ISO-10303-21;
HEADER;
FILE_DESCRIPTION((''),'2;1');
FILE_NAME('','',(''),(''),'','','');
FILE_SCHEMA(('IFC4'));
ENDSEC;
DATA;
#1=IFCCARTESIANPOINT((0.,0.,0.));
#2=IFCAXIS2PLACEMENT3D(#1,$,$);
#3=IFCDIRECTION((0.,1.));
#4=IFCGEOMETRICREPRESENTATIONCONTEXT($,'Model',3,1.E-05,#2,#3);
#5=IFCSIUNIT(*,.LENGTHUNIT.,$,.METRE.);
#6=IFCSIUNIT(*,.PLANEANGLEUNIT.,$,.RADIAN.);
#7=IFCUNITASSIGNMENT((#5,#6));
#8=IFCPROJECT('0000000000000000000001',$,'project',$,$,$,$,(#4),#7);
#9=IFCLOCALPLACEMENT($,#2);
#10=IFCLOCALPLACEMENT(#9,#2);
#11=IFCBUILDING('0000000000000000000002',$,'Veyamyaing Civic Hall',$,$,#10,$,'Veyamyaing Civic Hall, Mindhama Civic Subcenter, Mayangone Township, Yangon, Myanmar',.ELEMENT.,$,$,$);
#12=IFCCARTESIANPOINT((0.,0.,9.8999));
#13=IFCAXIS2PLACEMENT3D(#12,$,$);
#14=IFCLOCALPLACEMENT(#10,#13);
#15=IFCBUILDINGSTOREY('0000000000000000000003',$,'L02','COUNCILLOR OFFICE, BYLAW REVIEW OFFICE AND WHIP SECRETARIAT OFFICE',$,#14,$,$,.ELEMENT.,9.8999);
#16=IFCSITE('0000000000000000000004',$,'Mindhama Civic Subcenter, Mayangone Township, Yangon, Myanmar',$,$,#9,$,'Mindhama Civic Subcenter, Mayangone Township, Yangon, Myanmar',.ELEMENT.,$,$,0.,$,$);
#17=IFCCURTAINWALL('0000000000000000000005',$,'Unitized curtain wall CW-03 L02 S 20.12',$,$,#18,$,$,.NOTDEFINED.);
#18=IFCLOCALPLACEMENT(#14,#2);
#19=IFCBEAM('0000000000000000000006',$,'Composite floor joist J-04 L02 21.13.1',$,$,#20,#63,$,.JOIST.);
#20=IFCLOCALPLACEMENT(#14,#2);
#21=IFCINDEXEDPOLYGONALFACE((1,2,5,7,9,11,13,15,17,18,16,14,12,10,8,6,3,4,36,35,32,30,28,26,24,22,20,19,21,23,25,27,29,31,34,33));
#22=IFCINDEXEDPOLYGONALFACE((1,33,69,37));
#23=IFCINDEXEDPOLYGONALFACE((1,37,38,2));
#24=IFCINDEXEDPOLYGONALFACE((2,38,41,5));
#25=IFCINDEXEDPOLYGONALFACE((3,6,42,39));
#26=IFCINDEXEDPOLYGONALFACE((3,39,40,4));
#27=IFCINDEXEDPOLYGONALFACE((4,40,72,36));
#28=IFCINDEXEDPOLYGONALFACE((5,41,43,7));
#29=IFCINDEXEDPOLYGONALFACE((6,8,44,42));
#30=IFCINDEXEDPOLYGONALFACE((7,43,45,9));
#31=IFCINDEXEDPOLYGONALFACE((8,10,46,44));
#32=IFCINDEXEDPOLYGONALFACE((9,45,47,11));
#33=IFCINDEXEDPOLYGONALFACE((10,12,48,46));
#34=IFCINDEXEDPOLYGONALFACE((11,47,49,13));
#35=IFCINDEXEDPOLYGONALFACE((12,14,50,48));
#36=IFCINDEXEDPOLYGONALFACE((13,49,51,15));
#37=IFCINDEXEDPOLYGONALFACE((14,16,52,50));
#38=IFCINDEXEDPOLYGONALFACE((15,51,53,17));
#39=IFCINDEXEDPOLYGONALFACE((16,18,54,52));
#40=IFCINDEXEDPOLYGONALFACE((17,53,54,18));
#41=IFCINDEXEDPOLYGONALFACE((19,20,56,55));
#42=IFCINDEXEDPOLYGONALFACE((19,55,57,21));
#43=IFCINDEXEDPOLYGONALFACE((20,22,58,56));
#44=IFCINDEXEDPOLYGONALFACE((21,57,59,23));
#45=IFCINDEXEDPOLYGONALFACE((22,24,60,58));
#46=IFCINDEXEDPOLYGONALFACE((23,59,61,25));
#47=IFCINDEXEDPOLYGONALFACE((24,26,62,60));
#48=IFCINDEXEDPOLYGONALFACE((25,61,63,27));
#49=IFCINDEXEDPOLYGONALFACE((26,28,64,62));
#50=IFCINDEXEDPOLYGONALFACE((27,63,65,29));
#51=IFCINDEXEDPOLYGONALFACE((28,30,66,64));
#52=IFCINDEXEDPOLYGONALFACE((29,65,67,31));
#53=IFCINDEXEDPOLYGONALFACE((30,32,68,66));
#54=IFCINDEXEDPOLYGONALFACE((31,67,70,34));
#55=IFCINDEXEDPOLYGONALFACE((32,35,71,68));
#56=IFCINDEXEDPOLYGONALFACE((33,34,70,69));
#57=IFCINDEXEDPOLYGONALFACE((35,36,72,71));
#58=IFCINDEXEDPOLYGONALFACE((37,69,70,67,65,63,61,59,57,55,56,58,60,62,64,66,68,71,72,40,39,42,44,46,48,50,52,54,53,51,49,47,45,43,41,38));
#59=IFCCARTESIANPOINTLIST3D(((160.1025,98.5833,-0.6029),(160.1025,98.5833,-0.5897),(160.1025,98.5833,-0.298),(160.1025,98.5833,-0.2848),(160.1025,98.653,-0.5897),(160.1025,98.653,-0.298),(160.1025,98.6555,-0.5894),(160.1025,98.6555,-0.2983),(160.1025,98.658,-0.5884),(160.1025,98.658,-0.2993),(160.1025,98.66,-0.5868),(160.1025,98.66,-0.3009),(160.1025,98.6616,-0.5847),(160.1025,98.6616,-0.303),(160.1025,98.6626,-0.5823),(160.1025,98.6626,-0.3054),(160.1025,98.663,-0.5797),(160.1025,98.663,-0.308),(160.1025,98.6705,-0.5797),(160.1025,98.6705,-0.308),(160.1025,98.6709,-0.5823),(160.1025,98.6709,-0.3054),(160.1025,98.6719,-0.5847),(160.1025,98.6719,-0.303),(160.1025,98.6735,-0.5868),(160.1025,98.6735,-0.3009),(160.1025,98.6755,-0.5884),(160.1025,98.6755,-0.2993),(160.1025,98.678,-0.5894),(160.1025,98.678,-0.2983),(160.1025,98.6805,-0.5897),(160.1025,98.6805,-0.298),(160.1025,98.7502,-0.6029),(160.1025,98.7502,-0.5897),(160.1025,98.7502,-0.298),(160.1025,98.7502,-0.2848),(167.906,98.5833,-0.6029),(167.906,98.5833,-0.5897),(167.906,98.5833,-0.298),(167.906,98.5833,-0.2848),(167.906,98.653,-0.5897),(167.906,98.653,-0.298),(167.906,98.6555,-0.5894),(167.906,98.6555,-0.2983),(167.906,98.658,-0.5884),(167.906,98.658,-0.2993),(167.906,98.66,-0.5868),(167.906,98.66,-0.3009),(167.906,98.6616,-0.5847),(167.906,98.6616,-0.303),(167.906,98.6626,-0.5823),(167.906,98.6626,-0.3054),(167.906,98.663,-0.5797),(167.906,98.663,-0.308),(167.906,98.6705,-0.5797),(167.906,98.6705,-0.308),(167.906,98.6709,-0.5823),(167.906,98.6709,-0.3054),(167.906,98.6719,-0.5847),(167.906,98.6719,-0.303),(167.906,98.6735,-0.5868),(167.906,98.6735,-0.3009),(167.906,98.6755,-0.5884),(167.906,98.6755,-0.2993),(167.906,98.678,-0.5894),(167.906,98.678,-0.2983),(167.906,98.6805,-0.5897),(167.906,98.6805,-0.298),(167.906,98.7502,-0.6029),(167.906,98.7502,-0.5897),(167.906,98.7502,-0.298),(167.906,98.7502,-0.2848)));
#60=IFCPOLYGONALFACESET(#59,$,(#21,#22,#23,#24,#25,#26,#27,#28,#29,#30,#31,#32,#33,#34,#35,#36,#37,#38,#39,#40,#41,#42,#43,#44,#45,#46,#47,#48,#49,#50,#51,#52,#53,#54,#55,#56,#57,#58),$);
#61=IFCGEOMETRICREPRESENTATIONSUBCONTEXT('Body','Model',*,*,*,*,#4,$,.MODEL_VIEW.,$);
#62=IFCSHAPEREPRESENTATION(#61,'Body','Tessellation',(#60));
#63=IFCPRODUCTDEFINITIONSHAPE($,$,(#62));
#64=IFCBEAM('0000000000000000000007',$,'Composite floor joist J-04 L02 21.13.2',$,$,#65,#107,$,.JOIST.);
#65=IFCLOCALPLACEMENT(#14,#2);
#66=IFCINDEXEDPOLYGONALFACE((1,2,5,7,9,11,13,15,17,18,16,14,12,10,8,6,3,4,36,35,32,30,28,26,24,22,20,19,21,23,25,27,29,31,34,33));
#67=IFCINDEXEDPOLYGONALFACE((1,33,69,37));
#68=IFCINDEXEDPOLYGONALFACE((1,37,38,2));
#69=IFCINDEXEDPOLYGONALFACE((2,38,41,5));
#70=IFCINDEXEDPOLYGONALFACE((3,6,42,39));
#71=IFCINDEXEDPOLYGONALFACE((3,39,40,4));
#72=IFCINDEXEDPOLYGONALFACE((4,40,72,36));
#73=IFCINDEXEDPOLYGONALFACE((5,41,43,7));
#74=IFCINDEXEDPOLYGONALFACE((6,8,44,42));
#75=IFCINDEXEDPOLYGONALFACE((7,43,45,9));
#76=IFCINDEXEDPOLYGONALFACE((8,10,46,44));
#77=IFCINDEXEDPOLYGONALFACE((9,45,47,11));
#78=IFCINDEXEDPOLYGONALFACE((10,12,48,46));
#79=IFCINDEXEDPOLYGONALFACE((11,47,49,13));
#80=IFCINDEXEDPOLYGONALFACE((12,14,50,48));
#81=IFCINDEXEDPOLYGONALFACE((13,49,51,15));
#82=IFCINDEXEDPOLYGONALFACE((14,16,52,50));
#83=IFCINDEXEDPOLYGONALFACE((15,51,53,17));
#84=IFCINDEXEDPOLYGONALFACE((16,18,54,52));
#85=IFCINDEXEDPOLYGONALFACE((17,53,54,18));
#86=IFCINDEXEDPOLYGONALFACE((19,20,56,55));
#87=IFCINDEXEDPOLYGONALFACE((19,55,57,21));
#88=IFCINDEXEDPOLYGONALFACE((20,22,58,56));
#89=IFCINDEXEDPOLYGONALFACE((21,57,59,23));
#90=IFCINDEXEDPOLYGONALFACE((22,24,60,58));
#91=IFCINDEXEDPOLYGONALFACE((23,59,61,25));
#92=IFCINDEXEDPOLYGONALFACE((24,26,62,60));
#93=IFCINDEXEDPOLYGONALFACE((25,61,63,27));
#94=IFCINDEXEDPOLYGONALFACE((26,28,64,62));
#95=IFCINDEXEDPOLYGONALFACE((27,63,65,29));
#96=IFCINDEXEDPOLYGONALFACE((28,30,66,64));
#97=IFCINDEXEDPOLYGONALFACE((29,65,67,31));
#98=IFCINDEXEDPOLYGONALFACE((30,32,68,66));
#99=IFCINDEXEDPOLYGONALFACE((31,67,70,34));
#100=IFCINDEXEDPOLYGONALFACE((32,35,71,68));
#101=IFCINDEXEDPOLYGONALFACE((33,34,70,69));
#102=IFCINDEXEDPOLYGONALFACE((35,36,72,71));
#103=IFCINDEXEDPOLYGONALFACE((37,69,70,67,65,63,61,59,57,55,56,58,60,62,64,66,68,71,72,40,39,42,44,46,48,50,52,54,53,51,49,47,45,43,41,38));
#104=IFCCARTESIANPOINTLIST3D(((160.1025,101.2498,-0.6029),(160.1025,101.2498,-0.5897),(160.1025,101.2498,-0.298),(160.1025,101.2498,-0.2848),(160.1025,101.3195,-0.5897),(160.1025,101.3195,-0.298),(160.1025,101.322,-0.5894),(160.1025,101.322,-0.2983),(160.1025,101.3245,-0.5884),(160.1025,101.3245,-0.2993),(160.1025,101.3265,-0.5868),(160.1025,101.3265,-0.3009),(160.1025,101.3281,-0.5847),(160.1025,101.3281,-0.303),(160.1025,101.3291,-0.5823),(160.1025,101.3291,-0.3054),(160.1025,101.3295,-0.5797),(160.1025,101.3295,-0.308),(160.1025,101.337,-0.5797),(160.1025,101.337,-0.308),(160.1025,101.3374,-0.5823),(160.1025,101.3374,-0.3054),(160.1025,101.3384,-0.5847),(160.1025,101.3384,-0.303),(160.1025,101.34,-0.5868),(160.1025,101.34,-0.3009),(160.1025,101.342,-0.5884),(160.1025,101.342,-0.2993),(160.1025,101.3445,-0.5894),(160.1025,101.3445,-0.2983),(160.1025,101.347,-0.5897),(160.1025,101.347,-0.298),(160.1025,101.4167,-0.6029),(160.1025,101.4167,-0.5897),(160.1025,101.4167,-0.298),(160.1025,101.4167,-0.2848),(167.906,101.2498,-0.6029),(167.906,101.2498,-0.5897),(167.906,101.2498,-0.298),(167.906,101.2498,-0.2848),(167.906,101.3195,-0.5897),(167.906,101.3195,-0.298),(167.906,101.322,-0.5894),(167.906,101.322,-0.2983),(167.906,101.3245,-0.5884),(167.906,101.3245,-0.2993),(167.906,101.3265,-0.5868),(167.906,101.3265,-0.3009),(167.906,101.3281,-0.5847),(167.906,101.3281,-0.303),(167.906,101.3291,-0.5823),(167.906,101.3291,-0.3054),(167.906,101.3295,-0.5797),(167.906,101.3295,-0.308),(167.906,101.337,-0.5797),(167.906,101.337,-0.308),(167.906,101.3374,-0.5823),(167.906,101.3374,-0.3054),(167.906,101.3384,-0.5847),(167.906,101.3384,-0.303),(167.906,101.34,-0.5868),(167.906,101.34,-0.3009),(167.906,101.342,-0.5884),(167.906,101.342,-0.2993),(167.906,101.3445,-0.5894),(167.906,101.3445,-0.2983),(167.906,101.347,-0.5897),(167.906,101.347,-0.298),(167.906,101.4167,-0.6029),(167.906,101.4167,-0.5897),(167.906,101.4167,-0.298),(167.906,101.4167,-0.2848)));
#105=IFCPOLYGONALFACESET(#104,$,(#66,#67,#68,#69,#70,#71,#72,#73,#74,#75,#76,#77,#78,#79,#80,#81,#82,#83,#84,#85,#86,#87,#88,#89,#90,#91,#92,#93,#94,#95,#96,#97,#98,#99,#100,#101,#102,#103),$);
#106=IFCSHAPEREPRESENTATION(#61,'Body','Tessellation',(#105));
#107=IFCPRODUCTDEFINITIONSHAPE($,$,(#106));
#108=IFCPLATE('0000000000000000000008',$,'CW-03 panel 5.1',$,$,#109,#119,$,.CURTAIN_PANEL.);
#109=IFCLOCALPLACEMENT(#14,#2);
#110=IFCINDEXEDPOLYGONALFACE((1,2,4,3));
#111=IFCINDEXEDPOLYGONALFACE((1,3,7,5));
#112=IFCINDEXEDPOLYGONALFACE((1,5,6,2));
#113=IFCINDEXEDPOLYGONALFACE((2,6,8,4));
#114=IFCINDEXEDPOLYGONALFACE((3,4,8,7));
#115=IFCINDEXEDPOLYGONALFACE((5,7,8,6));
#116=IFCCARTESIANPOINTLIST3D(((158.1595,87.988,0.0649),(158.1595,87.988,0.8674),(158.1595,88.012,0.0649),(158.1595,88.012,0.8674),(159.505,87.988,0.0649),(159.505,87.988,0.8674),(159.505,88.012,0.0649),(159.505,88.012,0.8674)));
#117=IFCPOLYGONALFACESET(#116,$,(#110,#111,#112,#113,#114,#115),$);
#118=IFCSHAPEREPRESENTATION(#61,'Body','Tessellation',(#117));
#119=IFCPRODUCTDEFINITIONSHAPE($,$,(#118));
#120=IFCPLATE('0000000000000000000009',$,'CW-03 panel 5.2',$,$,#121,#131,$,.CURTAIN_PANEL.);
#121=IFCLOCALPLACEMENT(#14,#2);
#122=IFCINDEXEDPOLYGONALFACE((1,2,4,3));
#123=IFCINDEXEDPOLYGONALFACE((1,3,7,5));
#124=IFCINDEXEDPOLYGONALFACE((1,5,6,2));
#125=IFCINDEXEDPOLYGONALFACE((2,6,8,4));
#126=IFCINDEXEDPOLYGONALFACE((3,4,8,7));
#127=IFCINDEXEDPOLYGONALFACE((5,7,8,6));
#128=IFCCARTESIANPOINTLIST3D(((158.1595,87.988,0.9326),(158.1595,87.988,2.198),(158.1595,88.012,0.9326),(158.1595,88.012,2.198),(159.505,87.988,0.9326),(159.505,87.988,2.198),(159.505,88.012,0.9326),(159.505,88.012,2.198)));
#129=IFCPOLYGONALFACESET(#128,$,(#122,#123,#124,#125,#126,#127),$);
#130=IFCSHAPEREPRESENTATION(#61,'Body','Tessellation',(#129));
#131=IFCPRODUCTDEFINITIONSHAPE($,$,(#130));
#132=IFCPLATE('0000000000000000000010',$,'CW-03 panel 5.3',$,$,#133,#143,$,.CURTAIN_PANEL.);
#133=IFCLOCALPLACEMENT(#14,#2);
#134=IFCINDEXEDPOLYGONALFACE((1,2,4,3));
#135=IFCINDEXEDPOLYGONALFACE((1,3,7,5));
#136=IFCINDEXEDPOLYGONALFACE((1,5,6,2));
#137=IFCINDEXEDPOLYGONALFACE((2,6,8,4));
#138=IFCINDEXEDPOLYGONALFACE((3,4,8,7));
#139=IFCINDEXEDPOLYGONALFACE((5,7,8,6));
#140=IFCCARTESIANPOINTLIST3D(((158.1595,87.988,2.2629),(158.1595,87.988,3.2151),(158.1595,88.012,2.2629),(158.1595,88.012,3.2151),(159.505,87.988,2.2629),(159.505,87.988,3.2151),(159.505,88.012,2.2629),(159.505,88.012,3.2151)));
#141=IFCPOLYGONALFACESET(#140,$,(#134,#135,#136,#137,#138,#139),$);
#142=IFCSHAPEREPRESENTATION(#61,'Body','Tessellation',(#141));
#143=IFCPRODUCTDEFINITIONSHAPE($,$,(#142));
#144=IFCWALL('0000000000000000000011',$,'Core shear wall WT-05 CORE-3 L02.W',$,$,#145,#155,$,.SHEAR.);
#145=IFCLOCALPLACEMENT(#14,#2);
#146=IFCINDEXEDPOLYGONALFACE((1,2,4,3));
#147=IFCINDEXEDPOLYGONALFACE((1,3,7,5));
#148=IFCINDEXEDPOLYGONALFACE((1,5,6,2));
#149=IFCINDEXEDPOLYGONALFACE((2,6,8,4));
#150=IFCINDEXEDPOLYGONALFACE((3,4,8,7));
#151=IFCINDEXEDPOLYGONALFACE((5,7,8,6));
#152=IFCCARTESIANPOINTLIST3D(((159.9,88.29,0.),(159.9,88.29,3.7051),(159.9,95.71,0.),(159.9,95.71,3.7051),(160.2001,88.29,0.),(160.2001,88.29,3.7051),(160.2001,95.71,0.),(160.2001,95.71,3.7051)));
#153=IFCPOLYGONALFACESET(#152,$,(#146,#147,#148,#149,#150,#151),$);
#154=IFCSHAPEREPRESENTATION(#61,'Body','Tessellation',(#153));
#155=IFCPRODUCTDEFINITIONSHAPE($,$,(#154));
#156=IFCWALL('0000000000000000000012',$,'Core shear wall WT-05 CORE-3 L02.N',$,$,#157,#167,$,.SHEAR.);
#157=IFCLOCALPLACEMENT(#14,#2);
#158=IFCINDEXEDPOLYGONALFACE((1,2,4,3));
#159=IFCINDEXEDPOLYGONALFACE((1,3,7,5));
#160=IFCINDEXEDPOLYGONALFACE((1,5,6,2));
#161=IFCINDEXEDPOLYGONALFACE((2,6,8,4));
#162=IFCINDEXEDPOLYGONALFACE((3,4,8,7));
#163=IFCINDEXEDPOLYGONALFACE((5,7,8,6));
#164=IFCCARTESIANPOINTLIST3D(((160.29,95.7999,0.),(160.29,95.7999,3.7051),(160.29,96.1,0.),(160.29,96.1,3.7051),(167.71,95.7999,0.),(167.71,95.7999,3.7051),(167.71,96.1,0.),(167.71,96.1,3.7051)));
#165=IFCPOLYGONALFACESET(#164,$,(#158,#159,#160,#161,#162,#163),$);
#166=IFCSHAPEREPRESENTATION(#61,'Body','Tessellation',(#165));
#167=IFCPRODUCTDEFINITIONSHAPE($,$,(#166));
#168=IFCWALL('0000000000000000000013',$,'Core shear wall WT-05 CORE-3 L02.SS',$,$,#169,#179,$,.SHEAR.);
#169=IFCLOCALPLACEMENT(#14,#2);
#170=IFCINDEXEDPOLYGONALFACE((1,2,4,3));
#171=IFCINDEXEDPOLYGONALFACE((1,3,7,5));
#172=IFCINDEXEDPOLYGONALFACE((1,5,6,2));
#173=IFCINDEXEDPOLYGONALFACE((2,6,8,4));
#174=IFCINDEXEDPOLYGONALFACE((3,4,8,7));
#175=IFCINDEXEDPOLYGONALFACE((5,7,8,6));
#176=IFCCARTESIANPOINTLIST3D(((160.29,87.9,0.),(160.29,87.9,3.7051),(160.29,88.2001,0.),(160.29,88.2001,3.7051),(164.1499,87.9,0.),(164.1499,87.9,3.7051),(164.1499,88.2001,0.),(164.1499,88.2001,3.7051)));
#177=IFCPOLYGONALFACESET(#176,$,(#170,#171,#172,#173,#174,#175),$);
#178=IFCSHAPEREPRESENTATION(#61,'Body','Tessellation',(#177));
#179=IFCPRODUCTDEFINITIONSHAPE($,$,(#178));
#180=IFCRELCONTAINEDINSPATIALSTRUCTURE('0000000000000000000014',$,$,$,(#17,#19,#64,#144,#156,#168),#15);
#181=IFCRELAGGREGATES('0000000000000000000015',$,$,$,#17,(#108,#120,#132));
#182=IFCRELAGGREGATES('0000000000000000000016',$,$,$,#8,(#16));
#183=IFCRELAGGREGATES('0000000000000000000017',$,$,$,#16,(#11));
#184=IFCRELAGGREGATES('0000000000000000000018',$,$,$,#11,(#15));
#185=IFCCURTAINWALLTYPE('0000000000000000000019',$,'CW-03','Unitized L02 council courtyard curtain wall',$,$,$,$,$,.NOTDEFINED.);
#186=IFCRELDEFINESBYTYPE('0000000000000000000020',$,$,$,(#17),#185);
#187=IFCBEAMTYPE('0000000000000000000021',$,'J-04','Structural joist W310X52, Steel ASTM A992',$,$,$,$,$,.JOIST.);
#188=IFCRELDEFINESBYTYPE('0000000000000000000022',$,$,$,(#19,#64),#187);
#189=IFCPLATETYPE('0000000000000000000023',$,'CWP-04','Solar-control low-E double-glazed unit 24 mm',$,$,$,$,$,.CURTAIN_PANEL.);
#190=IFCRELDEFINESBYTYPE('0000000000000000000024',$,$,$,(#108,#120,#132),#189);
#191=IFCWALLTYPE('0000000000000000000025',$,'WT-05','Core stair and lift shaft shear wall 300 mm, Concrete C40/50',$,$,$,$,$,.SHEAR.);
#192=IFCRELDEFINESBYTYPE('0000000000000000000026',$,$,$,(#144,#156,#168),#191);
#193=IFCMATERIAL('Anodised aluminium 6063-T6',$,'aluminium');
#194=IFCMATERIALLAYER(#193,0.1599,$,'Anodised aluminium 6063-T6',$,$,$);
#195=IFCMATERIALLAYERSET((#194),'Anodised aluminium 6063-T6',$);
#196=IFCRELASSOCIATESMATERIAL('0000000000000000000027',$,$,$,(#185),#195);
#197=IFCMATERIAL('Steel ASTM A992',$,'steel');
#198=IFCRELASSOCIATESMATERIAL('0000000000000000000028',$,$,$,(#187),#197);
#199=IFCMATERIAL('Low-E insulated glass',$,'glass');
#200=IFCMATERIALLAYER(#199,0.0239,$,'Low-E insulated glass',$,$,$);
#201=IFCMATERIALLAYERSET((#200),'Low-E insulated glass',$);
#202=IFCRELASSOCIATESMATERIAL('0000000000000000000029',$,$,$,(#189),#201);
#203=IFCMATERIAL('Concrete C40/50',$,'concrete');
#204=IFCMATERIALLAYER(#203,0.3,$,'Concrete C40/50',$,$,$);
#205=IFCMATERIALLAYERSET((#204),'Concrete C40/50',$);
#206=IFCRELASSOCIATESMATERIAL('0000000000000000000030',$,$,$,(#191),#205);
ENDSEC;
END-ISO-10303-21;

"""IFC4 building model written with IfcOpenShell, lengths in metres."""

from ifc_helpers import new_model, si_unit, direction, frame, frame_2d, origin, origin_2d, place, context, subcontext, project, spatial, rectangle, i_section, extrude, material, layer, layer_set, material_profile, profile_set, type_object, element, aggregate, save


model = new_model("IFC4")

# Units and contexts
model_context = context("Model", 3, precision=1e-05, world=origin(), true_north=direction((0.0, 1.0)))
body_context = subcontext(model_context, "Body", "Model", "MODEL_VIEW")
ifc_project = project(units=[si_unit("LENGTHUNIT", "METRE"), si_unit("PLANEANGLEUNIT", "RADIAN")], contexts=[model_context])

# Site, building, storey
site_placement = place(None, origin())
site = spatial("IfcSite", under=ifc_project, at=site_placement, Name="Mindhama Civic Subcenter, Mayangone Township, Yangon, Myanmar", LongName="Mindhama Civic Subcenter, Mayangone Township, Yangon, Myanmar", CompositionType="ELEMENT", RefElevation=0.0)
building_placement = place(site_placement, origin())
building = spatial("IfcBuilding", under=site, at=building_placement, Name="Veyamyaing Civic Hall", LongName="Veyamyaing Civic Hall, Mindhama Civic Subcenter, Mayangone Township, Yangon, Myanmar", CompositionType="ELEMENT")
storey_placement = place(building_placement, frame((0.0, 0.0, 9.8999)))
storey = spatial("IfcBuildingStorey", under=building, at=storey_placement, Name="L02", Description="COUNCILLOR OFFICE, BYLAW REVIEW OFFICE AND WHIP SECRETARIAT OFFICE", CompositionType="ELEMENT", Elevation=9.8999)

# Shared definitions
ifc_material_1 = material(Name="Steel ASTM A992", Category="steel")

# Curtain wall
ifc_material_2 = material(Name="Anodised aluminium 6063-T6", Category="aluminium")
ifc_layer_1 = layer(ifc_material_2, 0.1599, Name="Anodised aluminium 6063-T6")
ifc_layer_set_1 = layer_set([ifc_layer_1], Name="Anodised aluminium 6063-T6")
curtain_wall_type = type_object("IfcCurtainWallType", Name="CW-03", Description="Unitized L02 council courtyard curtain wall", PredefinedType="NOTDEFINED", material=ifc_layer_set_1)
curtain_wall_placement = place(storey_placement, origin())
curtain_wall = element("IfcCurtainWall", 1, at=curtain_wall_placement, inside=storey, type_object=curtain_wall_type, Name="Unitized curtain wall CW-03 L02 S 20.12", PredefinedType="NOTDEFINED")

# Beams
ifc_material_profile_1 = material_profile(ifc_material_1, i_section(OverallWidth=0.167, OverallDepth=0.3181, WebThickness=0.0076, FlangeThickness=0.0132, FilletRadius=0.01, at=origin_2d()), Name="W310X52")
ifc_profile_set_1 = profile_set([ifc_material_profile_1], Name="Steel ASTM A992")
beam_type_1 = type_object("IfcBeamType", Name="J-04", Description="Structural joist W310X52, Steel ASTM A992", PredefinedType="JOIST", material=ifc_profile_set_1)
for number, where, z_axis, x_axis, name in (
    (2, (160.1025, 98.6667, -0.4438), (1.0, 0.0, 0.0), (0.0, 1.0, 0.0), "Composite floor joist J-04 L02 21.13.1"),
    (3, (160.1025, 101.3333, -0.4438), (1.0, 0.0, 0.0), (0.0, 1.0, 0.0), "Composite floor joist J-04 L02 21.13.2"),
):
    element("IfcBeam", number, at=place(storey_placement, frame(where, z_axis=z_axis, x_axis=x_axis)), inside=storey, type_object=beam_type_1, Name=name, PredefinedType="JOIST", context=body_context, shape_type="SweptSolid", body=[
        extrude(i_section(OverallWidth=0.167, OverallDepth=0.3181, WebThickness=0.0076, FlangeThickness=0.0132, FilletRadius=0.01, at=origin_2d()), origin(), (0.0, 0.0, 1.0), 7.8035),
    ])

# Plates
ifc_material_3 = material(Name="Low-E insulated glass", Category="glass")
ifc_layer_2 = layer(ifc_material_3, 0.0239, Name="Low-E insulated glass")
ifc_layer_set_2 = layer_set([ifc_layer_2], Name="Low-E insulated glass")
plate_type = type_object("IfcPlateType", Name="CWP-04", Description="Solar-control low-E double-glazed unit 24 mm", PredefinedType="CURTAIN_PANEL", material=ifc_layer_set_2)
plate_1_placement = place(storey_placement, frame((158.8323, 88.0, 0.0649), z_axis=(0.0, 0.0, 1.0), x_axis=(1.0, 0.0, 0.0)))
plate_1 = element("IfcPlate", 4, at=plate_1_placement, type_object=plate_type, Name="CW-03 panel 5.1", PredefinedType="CURTAIN_PANEL", context=body_context, shape_type="SweptSolid", body=[
    extrude(rectangle(XDim=1.3455, YDim=0.0239, at=origin_2d()), origin(), (0.0, 0.0, 1.0), 0.8025),
])
plate_2_placement = place(storey_placement, frame((158.8323, 88.0, 0.9326), z_axis=(0.0, 0.0, 1.0), x_axis=(1.0, 0.0, 0.0)))
plate_2 = element("IfcPlate", 5, at=plate_2_placement, type_object=plate_type, Name="CW-03 panel 5.2", PredefinedType="CURTAIN_PANEL", context=body_context, shape_type="SweptSolid", body=[
    extrude(rectangle(XDim=1.3455, YDim=0.0239, at=origin_2d()), origin(), (0.0, 0.0, 1.0), 1.2654),
])
plate_3_placement = place(storey_placement, frame((158.8323, 88.0, 2.2629), z_axis=(0.0, 0.0, 1.0), x_axis=(1.0, 0.0, 0.0)))
plate_3 = element("IfcPlate", 6, at=plate_3_placement, type_object=plate_type, Name="CW-03 panel 5.3", PredefinedType="CURTAIN_PANEL", context=body_context, shape_type="SweptSolid", body=[
    extrude(rectangle(XDim=1.3455, YDim=0.0239, at=origin_2d()), origin(), (0.0, 0.0, 1.0), 0.9521),
])
aggregate(curtain_wall, [plate_1, plate_2, plate_3])

# Walls
ifc_material_4 = material(Name="Concrete C40/50", Category="concrete")
ifc_layer_3 = layer(ifc_material_4, 0.3, Name="Concrete C40/50")
ifc_layer_set_3 = layer_set([ifc_layer_3], Name="Concrete C40/50")
wall_type_1 = type_object("IfcWallType", Name="WT-05", Description="Core stair and lift shaft shear wall 300 mm, Concrete C40/50", PredefinedType="SHEAR", material=ifc_layer_set_3)
for number, where, z_axis, x_axis, name in (
    (7, (160.05, 88.29, 0.0), (0.0, 0.0, 1.0), (0.0, 1.0, 0.0), "Core shear wall WT-05 CORE-3 L02.W"),
    (8, (160.29, 95.95, 0.0), (0.0, 0.0, 1.0), (1.0, 0.0, 0.0), "Core shear wall WT-05 CORE-3 L02.N"),
):
    element("IfcWall", number, at=place(storey_placement, frame(where, z_axis=z_axis, x_axis=x_axis)), inside=storey, type_object=wall_type_1, Name=name, PredefinedType="SHEAR", context=body_context, shape_type="SweptSolid", body=[
        extrude(rectangle(XDim=7.4199, YDim=0.3, at=frame_2d((3.71, 0.0))), origin(), (0.0, 0.0, 1.0), 3.7051),
    ])
wall_1_placement = place(storey_placement, frame((160.29, 88.05, 0.0), z_axis=(0.0, 0.0, 1.0), x_axis=(1.0, 0.0, 0.0)))
element("IfcWall", 9, at=wall_1_placement, inside=storey, type_object=wall_type_1, Name="Core shear wall WT-05 CORE-3 L02.SS", PredefinedType="SHEAR", context=body_context, shape_type="SweptSolid", body=[
    extrude(rectangle(XDim=3.8599, YDim=0.3, at=frame_2d((1.9299, 0.0))), origin(), (0.0, 0.0, 1.0), 3.7051),
])

save(model, "model.ifc")
